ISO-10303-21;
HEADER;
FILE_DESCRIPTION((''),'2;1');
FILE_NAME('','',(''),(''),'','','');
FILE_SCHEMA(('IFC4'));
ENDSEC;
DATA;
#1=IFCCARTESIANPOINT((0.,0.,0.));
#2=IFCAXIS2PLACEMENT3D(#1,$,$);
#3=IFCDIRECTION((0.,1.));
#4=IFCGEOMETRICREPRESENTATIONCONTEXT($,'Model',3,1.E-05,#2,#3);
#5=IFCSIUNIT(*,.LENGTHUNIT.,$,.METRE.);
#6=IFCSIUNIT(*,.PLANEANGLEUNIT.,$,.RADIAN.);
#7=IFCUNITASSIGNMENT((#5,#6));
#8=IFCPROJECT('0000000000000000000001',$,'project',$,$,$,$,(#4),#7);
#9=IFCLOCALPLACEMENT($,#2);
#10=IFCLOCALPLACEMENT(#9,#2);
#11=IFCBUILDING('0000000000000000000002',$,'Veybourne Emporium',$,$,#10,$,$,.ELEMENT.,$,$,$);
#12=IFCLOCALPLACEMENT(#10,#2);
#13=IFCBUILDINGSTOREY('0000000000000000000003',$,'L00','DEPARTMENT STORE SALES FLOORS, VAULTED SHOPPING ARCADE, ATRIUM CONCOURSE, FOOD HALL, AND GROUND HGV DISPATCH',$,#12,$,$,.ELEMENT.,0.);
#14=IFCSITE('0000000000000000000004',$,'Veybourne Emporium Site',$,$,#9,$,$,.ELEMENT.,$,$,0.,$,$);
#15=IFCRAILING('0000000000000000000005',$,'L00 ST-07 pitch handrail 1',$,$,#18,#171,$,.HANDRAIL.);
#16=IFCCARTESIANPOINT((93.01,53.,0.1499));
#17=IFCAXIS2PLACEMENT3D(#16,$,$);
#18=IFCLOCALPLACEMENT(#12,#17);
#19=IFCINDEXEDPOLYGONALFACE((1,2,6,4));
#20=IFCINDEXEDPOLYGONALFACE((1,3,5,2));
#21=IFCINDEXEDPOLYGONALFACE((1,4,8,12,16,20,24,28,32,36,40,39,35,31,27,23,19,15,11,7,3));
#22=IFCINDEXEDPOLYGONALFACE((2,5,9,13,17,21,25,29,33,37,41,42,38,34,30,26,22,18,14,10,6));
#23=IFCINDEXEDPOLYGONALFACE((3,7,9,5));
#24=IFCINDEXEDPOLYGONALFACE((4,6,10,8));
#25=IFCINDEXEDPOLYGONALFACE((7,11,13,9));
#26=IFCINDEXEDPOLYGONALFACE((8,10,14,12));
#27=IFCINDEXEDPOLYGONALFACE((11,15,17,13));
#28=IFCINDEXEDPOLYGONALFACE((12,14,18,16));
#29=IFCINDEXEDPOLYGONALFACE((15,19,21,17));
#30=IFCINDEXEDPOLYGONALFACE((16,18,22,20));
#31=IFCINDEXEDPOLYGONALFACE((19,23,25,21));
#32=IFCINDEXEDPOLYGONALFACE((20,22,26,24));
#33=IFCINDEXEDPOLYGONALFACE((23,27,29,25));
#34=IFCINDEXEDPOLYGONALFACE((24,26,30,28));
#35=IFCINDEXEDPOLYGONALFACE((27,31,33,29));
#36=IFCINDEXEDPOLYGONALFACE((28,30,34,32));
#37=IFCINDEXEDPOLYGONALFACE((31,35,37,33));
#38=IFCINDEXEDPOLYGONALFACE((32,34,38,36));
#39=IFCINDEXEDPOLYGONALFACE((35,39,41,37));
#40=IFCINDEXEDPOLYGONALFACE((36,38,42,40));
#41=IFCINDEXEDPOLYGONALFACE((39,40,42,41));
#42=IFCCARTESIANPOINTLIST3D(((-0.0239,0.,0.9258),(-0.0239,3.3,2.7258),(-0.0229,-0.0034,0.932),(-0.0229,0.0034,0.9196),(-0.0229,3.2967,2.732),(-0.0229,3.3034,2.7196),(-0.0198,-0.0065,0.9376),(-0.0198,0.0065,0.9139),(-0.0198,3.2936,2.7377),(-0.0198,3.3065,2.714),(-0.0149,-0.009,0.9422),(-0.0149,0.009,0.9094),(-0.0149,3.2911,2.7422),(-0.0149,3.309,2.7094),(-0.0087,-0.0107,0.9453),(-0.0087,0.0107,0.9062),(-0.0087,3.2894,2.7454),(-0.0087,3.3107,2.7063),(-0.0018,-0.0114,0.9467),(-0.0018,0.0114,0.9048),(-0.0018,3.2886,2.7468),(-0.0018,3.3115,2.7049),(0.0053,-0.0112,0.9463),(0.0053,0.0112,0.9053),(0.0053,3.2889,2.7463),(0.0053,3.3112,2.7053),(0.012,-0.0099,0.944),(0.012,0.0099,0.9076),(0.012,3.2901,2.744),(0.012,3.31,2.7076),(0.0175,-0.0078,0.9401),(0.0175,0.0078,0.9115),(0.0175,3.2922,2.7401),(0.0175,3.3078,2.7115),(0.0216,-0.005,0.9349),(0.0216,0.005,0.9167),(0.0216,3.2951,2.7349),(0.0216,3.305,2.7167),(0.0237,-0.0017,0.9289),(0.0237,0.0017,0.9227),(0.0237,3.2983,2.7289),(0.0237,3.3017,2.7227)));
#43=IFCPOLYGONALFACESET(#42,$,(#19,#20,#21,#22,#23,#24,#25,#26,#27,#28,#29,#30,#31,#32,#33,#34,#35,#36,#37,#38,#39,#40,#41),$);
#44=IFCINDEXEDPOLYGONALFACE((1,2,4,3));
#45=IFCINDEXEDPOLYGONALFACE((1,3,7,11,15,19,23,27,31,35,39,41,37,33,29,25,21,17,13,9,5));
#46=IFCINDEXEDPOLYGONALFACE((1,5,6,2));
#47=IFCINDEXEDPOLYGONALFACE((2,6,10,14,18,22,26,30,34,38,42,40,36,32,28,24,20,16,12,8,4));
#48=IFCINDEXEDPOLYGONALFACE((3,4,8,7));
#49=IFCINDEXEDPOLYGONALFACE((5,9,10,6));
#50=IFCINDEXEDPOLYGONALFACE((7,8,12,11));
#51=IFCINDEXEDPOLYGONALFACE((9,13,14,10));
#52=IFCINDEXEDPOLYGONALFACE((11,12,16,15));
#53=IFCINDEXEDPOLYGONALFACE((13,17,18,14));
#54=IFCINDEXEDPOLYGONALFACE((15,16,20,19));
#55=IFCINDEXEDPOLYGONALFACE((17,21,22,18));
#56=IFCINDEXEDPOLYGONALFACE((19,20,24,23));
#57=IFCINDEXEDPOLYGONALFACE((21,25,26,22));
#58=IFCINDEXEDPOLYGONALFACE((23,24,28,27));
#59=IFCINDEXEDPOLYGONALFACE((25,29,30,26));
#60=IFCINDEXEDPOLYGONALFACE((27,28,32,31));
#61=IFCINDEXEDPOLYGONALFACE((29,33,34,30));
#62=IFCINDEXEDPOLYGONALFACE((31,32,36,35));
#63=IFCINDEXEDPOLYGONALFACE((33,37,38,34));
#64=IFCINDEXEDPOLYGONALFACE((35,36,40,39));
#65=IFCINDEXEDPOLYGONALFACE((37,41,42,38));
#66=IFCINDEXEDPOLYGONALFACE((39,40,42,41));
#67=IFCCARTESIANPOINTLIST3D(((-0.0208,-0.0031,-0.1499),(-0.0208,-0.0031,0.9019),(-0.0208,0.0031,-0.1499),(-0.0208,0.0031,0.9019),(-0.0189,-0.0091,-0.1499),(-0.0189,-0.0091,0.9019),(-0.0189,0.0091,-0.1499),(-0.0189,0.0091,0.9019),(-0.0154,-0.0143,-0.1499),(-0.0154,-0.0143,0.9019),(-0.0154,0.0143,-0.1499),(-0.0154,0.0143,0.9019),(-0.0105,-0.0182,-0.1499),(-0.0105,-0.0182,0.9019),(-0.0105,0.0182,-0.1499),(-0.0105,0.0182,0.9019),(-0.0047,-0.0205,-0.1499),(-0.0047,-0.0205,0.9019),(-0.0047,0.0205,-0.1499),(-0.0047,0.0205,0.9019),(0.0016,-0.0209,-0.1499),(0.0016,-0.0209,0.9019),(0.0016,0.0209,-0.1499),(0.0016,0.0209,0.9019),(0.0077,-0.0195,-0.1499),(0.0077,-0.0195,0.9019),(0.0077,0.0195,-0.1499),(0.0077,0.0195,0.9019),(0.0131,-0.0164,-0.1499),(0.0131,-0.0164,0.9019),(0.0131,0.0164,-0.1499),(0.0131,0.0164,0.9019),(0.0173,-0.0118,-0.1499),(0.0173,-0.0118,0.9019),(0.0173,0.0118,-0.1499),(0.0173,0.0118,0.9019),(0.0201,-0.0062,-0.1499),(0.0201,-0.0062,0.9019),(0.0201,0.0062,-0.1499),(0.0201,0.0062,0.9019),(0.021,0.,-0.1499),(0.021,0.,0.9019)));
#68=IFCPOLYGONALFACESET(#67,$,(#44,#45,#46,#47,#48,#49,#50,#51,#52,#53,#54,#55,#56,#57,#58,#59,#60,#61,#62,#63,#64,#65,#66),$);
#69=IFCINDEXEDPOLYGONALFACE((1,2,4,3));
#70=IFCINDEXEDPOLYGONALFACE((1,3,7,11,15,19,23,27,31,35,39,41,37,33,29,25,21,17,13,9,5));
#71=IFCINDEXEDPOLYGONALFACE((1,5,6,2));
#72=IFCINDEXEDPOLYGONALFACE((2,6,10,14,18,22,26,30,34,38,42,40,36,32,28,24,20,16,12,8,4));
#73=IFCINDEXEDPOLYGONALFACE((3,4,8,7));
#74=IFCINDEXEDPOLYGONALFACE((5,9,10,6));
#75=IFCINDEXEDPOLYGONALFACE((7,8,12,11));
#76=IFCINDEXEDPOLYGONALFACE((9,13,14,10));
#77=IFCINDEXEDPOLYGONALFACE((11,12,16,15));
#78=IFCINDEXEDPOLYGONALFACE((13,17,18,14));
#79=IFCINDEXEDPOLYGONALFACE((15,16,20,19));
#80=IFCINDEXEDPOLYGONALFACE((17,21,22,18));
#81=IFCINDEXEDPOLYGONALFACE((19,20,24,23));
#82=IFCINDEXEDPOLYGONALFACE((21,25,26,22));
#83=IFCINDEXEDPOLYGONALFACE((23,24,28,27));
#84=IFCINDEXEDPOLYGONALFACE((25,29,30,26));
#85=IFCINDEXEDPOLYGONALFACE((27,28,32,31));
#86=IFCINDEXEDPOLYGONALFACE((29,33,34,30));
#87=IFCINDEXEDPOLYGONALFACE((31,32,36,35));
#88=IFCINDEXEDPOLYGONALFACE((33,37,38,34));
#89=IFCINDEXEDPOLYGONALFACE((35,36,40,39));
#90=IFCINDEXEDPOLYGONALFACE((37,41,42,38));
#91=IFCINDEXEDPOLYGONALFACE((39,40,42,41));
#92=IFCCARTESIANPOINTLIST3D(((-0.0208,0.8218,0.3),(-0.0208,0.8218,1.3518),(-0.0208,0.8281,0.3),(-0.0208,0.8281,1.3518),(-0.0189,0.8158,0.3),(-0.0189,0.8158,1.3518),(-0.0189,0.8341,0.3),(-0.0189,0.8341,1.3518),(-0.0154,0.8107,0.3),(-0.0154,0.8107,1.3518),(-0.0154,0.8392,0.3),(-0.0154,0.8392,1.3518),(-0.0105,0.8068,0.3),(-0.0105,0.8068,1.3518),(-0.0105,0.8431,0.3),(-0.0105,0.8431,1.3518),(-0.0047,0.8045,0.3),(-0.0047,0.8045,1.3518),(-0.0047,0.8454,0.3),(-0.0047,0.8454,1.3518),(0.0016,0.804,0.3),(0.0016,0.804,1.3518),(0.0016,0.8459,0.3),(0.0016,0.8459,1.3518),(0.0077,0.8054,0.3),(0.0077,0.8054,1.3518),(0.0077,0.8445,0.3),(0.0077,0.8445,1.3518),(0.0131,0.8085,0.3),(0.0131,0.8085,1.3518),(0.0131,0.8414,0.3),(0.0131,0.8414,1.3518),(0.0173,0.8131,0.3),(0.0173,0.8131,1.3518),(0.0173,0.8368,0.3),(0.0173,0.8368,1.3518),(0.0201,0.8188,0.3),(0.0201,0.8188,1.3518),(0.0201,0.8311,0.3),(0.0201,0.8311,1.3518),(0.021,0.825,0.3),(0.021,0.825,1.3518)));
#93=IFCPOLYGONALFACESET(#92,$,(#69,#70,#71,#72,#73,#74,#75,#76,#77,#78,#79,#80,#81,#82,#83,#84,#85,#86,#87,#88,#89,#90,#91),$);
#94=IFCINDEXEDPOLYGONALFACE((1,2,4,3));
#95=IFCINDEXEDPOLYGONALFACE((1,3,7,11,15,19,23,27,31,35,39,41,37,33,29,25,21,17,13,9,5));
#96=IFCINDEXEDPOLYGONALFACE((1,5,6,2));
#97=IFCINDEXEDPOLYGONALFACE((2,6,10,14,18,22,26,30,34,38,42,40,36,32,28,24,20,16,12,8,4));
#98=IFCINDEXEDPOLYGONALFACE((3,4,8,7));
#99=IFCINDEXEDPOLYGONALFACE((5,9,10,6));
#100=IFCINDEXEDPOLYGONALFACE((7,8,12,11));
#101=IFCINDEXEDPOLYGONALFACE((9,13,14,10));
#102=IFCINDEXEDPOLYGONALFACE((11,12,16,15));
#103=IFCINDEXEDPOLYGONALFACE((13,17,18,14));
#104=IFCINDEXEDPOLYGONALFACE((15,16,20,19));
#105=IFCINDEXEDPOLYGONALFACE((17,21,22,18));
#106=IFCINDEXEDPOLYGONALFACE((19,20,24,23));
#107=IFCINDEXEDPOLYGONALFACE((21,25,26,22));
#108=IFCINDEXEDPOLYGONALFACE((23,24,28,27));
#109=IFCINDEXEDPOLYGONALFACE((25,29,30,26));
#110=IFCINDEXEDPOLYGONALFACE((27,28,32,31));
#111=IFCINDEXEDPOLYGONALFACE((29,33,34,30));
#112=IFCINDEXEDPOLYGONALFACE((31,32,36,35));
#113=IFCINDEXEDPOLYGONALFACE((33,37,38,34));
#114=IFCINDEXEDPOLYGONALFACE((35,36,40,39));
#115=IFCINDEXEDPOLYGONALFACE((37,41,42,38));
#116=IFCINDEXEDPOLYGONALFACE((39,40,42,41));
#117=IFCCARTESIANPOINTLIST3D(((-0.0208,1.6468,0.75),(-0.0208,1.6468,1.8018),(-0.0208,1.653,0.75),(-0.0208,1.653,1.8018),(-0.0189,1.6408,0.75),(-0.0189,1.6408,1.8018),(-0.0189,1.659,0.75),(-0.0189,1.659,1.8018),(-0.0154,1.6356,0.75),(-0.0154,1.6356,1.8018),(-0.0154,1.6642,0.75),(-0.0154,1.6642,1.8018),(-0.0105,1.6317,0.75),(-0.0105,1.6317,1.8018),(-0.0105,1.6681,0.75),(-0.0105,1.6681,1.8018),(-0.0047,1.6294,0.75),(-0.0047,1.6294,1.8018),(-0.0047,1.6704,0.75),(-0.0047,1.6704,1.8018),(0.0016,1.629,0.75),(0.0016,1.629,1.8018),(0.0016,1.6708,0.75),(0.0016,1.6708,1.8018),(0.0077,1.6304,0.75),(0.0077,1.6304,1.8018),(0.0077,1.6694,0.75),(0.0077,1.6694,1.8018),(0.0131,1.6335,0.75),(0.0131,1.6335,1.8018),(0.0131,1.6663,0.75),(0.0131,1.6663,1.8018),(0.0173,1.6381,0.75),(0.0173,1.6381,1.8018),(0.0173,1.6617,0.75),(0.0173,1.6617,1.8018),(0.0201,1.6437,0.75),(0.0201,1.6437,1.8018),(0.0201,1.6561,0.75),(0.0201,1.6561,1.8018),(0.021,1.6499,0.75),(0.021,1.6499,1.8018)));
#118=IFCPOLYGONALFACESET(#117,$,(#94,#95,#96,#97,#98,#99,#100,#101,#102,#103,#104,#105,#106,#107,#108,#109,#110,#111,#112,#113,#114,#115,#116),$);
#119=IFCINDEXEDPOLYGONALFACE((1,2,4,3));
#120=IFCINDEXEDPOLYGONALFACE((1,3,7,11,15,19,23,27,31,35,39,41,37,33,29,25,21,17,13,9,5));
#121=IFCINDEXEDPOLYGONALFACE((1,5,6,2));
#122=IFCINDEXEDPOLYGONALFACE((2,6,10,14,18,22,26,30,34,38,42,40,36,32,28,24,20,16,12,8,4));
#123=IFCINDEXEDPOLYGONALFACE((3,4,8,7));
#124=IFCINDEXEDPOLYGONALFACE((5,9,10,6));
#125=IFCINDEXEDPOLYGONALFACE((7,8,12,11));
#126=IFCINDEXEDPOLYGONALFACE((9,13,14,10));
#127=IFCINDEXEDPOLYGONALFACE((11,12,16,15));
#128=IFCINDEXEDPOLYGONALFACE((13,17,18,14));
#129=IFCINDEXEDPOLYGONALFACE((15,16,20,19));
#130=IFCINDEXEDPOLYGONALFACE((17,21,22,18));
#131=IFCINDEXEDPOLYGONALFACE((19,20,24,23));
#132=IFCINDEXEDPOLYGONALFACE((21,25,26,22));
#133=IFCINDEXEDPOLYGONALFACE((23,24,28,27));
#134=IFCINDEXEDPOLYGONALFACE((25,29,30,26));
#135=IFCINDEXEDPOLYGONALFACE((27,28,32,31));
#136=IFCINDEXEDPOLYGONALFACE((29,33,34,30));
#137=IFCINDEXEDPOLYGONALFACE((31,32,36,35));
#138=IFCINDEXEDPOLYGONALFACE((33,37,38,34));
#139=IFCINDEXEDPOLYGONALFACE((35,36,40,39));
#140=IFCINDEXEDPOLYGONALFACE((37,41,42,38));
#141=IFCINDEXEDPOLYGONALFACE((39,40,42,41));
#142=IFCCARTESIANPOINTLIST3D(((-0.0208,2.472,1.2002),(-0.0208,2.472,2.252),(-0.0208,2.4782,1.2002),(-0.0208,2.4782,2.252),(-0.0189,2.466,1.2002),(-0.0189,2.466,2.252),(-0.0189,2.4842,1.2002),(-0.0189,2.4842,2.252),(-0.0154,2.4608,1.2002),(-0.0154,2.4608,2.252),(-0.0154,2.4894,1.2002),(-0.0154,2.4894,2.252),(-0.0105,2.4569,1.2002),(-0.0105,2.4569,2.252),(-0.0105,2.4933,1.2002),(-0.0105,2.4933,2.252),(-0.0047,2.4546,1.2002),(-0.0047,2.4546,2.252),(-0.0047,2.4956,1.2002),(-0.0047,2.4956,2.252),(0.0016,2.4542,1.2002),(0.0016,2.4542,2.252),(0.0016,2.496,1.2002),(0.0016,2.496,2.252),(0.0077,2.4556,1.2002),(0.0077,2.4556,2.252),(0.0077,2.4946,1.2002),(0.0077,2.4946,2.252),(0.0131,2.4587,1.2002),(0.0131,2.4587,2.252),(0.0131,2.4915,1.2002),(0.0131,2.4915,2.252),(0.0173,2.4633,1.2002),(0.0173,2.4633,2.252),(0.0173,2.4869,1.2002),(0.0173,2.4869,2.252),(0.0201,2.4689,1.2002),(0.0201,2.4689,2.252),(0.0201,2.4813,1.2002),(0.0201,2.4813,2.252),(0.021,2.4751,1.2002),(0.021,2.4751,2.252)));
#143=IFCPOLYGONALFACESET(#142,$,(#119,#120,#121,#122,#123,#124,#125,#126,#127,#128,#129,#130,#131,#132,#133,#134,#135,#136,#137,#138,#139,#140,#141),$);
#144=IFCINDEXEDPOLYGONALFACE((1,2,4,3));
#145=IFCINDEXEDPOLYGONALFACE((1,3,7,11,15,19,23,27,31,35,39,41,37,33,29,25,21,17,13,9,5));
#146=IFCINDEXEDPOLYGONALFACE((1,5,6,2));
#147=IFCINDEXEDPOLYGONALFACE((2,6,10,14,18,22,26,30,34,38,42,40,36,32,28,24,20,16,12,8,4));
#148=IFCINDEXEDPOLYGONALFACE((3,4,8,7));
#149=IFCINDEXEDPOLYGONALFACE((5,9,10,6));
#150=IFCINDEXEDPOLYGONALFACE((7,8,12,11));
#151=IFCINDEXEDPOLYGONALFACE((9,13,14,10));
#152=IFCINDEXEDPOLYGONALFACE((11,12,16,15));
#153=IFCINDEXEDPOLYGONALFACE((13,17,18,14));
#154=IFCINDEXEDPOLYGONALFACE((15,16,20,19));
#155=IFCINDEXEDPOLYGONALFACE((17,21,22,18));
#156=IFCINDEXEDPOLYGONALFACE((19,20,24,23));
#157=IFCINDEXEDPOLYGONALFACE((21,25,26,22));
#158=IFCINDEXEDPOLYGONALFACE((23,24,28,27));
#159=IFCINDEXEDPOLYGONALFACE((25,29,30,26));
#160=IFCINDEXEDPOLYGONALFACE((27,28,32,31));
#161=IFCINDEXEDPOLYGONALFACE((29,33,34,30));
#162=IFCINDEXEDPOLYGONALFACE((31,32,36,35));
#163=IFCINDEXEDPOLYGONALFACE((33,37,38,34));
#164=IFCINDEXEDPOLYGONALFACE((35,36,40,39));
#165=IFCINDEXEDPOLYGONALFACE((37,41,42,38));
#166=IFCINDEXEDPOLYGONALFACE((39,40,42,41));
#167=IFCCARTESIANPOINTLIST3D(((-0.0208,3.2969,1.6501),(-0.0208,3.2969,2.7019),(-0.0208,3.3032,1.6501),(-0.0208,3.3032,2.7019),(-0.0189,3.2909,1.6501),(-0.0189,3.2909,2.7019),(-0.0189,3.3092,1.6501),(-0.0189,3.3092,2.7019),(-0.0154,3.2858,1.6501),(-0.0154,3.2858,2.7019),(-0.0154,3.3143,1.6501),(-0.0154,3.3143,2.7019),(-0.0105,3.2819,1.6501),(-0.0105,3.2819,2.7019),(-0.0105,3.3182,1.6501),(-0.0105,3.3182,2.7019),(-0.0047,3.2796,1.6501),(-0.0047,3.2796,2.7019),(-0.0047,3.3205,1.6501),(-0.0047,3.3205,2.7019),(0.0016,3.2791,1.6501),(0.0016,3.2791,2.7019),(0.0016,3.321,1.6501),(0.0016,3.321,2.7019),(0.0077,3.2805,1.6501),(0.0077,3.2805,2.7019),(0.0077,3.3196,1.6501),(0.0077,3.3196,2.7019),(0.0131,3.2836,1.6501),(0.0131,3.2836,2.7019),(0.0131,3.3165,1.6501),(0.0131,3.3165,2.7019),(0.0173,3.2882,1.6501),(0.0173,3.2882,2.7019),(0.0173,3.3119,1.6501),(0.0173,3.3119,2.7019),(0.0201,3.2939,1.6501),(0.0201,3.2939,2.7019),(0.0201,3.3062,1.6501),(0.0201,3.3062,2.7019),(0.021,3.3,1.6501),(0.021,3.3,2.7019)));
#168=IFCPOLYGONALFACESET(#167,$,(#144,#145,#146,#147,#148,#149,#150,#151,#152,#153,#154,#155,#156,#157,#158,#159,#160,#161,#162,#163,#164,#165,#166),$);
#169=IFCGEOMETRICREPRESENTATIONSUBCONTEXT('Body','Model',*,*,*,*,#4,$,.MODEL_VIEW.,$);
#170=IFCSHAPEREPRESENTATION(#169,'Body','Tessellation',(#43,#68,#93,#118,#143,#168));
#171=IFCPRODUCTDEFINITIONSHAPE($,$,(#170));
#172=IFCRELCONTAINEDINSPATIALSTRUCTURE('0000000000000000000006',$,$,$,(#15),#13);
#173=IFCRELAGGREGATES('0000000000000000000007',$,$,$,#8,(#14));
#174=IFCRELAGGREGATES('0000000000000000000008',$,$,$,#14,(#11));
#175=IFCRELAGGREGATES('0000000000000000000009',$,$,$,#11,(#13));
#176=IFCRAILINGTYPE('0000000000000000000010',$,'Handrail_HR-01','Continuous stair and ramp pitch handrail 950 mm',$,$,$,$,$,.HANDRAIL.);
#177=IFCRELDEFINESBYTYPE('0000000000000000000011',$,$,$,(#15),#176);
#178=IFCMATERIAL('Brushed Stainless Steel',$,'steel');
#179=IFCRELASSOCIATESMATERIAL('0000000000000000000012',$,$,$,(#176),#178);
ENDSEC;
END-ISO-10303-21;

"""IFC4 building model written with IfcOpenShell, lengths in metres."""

from ifc_helpers import new_model, si_unit, direction, frame, origin, origin_2d, place, context, subcontext, project, spatial, circle, extrude, material, type_object, element, save


model = new_model("IFC4")

# Units and contexts
model_context = context("Model", 3, precision=1e-05, world=origin(), true_north=direction((0.0, 1.0)))
body_context = subcontext(model_context, "Body", "Model", "MODEL_VIEW")
ifc_project = project(units=[si_unit("LENGTHUNIT", "METRE"), si_unit("PLANEANGLEUNIT", "RADIAN")], contexts=[model_context])

# Site, building, storey
site_placement = place(None, origin())
site = spatial("IfcSite", under=ifc_project, at=site_placement, Name="Veybourne Emporium Site", CompositionType="ELEMENT", RefElevation=0.0)
building_placement = place(site_placement, origin())
building = spatial("IfcBuilding", under=site, at=building_placement, Name="Veybourne Emporium", CompositionType="ELEMENT")
storey_placement = place(building_placement, origin())
storey = spatial("IfcBuildingStorey", under=building, at=storey_placement, Name="L00", Description="DEPARTMENT STORE SALES FLOORS, VAULTED SHOPPING ARCADE, ATRIUM CONCOURSE, FOOD HALL, AND GROUND HGV DISPATCH", CompositionType="ELEMENT", Elevation=0.0)

# Railing
ifc_material_1 = material(Name="Brushed Stainless Steel", Category="steel")
railing_type_1 = type_object("IfcRailingType", Name="Handrail_HR-01", Description="Continuous stair and ramp pitch handrail 950 mm", PredefinedType="HANDRAIL", material=ifc_material_1)
railing_1_placement = place(storey_placement, frame((93.01, 53.0, 0.1499)))
element("IfcRailing", 1, at=railing_1_placement, inside=storey, type_object=railing_type_1, Name="L00 ST-07 pitch handrail 1", PredefinedType="HANDRAIL", context=body_context, shape_type="SweptSolid", body=[
    extrude(circle(Radius=0.0239, at=origin_2d()), frame((0.0, 0.0, 0.9258), z_axis=(0.0, 0.877893, 0.478857), x_axis=(-1.0, 0.0, 0.0)), (0.0, 0.0, 1.0), 3.759),
    extrude(circle(Radius=0.021, at=origin_2d()), frame((0.0, 0.0, -0.1499)), (0.0, 0.0, 1.0), 1.0518),
    extrude(circle(Radius=0.021, at=origin_2d()), frame((0.0, 0.825, 0.3)), (0.0, 0.0, 1.0), 1.0518),
    extrude(circle(Radius=0.021, at=origin_2d()), frame((0.0, 1.6499, 0.75)), (0.0, 0.0, 1.0), 1.0518),
    extrude(circle(Radius=0.021, at=origin_2d()), frame((0.0, 2.4751, 1.2002)), (0.0, 0.0, 1.0), 1.0518),
    extrude(circle(Radius=0.021, at=origin_2d()), frame((0.0, 3.3, 1.6501)), (0.0, 0.0, 1.0), 1.0518),
])

save(model, "model.ifc")
